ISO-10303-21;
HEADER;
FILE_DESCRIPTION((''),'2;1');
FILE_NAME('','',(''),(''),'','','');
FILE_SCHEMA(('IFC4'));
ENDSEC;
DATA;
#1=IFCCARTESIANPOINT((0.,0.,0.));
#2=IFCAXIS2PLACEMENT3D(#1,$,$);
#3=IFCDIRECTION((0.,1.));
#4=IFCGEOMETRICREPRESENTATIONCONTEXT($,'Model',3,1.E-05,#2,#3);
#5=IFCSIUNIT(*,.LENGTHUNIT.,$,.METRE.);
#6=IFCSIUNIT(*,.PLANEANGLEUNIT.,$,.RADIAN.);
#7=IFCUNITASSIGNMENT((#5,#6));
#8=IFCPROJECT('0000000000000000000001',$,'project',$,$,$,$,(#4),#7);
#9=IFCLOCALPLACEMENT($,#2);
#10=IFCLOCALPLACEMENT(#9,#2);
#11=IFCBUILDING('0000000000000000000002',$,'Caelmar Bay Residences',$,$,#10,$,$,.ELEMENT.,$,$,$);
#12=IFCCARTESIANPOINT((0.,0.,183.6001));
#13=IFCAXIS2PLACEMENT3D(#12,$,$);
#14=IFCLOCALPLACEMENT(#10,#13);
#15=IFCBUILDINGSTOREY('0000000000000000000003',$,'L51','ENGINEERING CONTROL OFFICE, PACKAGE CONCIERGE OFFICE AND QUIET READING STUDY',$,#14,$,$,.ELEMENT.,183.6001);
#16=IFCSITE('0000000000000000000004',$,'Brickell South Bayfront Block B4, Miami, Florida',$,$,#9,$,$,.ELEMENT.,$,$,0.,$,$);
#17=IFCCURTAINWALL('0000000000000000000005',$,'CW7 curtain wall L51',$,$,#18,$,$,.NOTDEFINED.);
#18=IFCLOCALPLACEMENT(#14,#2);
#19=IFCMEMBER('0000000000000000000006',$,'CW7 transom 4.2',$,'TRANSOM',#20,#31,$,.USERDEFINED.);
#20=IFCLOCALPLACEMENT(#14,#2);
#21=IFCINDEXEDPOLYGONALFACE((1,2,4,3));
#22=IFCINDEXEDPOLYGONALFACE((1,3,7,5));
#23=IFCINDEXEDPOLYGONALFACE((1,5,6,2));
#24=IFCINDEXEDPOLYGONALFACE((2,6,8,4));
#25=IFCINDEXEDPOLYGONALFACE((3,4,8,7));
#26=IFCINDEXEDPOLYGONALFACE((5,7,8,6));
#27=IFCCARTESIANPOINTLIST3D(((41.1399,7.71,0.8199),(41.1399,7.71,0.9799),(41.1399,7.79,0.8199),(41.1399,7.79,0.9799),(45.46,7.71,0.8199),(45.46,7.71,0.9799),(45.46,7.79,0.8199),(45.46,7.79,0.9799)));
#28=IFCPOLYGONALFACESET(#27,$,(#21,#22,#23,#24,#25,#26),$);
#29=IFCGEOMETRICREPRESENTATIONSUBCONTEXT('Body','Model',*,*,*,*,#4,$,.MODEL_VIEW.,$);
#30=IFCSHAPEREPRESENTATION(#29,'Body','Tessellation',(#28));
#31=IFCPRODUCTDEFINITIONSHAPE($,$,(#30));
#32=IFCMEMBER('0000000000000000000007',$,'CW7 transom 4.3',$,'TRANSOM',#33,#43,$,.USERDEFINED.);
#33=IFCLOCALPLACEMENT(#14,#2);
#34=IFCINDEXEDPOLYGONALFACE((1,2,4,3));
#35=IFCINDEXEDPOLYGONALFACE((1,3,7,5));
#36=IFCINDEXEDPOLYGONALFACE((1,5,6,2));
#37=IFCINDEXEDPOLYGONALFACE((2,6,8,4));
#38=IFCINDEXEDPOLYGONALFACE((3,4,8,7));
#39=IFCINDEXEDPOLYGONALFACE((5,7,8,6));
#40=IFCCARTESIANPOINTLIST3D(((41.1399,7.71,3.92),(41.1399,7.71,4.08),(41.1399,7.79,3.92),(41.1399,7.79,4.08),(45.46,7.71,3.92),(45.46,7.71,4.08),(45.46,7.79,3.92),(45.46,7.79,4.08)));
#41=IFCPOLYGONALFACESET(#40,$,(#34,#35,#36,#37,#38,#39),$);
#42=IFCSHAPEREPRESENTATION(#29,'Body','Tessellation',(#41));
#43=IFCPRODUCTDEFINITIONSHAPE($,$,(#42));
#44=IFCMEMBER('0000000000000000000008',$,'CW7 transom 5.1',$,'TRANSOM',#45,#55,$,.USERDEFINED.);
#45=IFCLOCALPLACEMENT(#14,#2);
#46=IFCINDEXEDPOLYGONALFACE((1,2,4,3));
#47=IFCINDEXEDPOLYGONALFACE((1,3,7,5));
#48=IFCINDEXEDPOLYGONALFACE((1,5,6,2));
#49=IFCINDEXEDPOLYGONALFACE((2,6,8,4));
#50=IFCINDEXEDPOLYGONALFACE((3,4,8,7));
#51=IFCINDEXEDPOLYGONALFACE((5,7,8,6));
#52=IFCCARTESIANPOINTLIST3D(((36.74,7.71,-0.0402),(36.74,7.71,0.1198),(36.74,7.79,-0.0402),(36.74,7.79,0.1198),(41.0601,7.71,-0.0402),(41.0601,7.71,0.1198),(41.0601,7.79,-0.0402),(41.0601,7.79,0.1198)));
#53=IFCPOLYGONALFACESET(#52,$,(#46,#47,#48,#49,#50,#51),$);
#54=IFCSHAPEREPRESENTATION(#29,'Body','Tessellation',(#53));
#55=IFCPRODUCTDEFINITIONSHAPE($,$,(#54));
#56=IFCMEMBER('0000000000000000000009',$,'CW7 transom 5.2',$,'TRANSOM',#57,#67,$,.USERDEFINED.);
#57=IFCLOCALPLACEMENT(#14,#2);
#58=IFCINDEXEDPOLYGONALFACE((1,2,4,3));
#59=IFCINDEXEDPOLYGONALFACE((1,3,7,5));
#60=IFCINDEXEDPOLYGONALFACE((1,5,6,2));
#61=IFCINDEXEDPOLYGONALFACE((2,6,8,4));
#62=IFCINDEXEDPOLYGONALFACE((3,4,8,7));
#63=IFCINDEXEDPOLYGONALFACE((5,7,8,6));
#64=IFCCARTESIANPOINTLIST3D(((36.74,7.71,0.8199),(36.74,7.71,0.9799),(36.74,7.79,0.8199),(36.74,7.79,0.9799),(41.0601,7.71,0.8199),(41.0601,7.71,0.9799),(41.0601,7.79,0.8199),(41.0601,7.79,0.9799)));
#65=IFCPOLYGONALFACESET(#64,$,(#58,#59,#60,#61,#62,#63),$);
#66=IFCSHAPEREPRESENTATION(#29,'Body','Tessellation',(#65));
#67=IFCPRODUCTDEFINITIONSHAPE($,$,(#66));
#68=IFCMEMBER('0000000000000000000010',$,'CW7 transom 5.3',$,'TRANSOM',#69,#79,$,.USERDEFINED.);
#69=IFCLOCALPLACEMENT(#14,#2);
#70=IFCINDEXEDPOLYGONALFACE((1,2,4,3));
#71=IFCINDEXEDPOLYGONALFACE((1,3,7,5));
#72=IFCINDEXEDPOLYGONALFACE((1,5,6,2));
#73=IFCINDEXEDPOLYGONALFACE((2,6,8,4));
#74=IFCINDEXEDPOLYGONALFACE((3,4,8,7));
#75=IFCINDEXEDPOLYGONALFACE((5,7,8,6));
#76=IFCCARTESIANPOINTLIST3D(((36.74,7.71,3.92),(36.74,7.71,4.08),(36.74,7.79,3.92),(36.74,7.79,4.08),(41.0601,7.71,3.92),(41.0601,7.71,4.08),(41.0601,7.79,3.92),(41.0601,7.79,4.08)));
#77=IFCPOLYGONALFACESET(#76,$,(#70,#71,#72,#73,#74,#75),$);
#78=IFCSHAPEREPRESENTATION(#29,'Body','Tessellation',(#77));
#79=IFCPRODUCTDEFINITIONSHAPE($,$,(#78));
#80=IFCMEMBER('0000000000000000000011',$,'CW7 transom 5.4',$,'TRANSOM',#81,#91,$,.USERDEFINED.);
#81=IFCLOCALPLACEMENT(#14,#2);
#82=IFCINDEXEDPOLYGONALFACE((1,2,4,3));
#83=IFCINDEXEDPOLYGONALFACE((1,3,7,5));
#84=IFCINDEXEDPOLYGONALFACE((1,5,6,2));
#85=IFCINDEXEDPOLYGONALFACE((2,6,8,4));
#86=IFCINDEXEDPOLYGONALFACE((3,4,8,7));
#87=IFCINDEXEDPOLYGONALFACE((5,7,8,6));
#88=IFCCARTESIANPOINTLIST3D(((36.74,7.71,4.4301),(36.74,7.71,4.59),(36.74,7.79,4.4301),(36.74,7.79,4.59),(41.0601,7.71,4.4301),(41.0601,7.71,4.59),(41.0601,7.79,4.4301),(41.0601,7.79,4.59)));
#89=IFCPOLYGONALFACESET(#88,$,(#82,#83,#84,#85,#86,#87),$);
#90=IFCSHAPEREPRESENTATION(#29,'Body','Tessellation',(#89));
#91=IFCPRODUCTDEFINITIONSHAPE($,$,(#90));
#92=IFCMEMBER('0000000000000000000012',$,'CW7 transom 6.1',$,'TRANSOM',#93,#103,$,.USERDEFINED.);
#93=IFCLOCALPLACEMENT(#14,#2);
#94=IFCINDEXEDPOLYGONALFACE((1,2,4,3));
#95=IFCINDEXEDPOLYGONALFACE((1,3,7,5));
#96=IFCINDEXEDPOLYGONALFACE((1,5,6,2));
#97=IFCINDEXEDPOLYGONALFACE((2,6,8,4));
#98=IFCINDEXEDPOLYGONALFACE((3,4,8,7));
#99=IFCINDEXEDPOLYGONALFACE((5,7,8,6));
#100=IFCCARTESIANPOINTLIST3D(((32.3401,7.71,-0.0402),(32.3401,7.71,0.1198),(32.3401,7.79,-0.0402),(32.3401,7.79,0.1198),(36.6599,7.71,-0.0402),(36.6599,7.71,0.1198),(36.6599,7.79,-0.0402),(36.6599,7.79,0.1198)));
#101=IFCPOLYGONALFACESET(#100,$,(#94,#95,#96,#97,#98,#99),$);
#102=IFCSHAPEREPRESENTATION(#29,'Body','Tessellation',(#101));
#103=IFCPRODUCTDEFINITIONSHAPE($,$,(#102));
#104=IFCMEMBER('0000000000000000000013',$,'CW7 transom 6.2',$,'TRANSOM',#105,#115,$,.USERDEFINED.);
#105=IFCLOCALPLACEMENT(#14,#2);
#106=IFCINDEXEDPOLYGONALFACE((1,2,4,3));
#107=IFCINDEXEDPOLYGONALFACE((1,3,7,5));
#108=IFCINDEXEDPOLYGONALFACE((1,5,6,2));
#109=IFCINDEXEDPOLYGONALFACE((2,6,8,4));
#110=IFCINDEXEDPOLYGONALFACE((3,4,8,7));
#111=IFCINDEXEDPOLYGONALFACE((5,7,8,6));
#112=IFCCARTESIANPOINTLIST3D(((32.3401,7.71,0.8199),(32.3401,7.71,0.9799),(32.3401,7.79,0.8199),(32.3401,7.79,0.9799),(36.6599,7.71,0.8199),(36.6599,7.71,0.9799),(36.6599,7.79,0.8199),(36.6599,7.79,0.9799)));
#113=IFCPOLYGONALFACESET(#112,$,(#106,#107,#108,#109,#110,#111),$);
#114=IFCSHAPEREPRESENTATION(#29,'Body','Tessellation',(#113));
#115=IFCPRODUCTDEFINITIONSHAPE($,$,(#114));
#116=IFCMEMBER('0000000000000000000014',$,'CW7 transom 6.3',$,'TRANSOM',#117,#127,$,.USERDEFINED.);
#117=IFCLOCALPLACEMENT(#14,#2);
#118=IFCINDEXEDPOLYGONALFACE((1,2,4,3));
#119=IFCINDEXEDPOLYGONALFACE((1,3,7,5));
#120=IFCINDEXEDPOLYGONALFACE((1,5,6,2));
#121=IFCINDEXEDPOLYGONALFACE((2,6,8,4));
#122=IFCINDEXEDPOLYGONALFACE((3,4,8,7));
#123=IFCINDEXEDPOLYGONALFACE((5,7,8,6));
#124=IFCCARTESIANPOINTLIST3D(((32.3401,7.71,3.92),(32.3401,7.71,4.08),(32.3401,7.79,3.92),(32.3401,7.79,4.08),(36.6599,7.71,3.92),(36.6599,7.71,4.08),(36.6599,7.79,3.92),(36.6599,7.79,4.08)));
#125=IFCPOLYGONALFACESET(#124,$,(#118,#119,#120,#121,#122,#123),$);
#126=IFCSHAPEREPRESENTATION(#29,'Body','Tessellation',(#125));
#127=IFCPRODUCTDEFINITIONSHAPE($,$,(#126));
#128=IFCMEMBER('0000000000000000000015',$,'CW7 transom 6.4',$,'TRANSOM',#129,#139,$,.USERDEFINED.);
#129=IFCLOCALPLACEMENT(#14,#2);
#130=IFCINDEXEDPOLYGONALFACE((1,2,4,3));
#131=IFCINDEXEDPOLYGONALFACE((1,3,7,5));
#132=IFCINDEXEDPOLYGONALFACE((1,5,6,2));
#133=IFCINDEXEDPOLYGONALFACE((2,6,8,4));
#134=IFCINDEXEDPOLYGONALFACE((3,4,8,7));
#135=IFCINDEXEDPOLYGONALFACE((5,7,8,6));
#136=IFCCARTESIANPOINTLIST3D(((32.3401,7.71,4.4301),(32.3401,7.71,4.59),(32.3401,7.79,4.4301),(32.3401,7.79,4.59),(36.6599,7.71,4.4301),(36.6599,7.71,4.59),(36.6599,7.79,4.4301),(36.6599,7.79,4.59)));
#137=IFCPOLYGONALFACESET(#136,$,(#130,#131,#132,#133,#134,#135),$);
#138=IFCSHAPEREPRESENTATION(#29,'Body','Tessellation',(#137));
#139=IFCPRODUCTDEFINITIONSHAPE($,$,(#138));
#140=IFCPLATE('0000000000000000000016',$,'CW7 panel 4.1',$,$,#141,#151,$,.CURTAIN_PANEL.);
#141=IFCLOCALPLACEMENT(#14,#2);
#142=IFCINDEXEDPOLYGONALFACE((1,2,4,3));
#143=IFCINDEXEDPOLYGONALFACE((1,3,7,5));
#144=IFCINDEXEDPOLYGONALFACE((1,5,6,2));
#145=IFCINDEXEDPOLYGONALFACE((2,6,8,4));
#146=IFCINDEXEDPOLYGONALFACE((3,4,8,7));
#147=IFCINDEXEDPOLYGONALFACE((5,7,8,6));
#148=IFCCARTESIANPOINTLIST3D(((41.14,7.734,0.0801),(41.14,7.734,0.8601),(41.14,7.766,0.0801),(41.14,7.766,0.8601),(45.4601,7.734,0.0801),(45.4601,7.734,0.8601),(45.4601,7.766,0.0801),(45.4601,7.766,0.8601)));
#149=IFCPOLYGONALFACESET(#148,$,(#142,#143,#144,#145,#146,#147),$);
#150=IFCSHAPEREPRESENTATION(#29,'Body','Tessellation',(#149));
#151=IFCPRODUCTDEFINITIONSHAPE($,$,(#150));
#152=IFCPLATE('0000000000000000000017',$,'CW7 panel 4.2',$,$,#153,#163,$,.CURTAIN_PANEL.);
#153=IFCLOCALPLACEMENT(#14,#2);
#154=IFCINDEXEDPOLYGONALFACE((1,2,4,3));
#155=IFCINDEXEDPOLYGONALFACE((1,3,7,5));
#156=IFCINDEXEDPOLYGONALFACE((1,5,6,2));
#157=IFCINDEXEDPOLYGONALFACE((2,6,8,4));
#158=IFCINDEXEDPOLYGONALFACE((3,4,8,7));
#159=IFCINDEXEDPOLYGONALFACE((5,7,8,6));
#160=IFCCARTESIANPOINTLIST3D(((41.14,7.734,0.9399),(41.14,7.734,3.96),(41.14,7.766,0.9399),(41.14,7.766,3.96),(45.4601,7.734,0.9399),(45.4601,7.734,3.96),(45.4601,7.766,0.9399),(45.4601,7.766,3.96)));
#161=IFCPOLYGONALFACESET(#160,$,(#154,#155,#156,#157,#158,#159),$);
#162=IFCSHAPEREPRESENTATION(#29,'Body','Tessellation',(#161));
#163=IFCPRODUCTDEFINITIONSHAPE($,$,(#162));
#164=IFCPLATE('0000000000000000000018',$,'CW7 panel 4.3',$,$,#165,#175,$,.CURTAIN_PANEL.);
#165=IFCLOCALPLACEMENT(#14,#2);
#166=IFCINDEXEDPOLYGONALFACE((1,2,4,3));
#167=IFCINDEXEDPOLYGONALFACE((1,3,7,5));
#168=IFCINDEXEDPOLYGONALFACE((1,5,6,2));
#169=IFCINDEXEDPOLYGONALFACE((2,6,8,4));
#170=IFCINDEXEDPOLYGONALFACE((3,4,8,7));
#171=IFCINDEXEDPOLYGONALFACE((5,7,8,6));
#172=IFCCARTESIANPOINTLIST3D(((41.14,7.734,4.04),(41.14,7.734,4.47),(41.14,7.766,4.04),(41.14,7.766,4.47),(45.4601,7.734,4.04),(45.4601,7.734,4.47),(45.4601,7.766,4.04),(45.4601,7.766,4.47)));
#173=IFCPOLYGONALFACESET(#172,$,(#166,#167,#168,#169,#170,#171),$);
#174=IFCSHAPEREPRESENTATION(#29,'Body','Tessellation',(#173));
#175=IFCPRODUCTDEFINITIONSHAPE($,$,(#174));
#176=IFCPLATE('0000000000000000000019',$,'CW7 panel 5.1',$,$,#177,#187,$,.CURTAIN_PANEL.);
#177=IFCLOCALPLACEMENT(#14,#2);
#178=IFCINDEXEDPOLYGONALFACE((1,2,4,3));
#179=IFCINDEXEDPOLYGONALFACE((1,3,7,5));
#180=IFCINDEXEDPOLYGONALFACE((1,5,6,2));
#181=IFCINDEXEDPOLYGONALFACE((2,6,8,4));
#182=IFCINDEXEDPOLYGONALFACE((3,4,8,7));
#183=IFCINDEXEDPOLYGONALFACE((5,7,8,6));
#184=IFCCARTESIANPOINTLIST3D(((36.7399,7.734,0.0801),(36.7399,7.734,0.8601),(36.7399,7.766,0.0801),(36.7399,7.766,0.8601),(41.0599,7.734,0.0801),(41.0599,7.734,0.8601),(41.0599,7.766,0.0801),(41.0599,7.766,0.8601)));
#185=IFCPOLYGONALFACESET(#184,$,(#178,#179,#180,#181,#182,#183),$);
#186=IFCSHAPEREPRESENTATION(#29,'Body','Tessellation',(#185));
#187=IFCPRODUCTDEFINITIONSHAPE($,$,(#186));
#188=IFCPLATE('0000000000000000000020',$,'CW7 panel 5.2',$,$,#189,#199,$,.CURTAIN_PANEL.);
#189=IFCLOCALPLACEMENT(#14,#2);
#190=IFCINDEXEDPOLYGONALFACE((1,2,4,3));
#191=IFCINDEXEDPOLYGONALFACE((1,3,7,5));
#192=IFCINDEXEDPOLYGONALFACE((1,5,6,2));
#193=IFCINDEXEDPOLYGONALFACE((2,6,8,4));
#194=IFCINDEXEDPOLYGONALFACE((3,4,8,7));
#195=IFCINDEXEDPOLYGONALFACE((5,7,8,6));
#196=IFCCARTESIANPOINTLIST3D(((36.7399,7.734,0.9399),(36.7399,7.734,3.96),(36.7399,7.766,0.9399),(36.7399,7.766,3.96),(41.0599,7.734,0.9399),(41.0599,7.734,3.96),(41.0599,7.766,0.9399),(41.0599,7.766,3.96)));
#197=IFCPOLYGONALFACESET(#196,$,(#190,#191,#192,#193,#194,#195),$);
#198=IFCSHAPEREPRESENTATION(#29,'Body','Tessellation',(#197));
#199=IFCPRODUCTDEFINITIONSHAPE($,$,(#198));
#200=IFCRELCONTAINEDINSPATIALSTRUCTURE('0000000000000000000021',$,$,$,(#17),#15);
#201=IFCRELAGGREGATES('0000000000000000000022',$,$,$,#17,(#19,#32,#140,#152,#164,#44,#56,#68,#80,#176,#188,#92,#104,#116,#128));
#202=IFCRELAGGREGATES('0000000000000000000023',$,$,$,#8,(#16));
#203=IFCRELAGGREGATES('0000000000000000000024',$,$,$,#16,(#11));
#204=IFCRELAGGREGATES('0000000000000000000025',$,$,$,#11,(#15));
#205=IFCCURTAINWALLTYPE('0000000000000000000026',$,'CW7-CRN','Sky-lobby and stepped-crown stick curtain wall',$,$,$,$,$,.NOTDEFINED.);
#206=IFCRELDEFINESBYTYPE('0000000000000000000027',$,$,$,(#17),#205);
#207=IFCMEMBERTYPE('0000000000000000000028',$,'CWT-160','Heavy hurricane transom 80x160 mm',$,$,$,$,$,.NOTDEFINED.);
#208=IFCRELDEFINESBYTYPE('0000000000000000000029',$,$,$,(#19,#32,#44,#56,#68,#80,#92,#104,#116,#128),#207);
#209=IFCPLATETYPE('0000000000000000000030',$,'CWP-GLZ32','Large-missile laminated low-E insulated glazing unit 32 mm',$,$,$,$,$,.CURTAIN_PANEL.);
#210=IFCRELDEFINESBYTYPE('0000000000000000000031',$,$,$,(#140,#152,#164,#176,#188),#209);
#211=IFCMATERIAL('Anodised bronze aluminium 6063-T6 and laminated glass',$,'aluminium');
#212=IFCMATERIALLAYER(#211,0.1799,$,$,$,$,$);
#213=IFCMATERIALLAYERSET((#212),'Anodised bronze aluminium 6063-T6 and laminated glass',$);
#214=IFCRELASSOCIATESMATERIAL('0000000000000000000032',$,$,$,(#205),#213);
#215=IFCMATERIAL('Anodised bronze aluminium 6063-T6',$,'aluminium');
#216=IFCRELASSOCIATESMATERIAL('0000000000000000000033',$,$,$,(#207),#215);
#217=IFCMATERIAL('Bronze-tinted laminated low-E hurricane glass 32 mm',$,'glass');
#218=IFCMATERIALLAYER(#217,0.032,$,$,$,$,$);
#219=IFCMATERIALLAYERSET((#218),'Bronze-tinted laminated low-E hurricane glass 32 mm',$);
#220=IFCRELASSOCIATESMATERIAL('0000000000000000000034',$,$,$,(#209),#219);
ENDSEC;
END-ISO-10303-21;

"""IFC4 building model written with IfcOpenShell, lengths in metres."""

from ifc_helpers import new_model, si_unit, direction, frame, origin, origin_2d, place, context, subcontext, project, spatial, rectangle, extrude, material, layer, layer_set, material_profile, profile_set, type_object, element, aggregate, save


model = new_model("IFC4")

# Units and contexts
model_context = context("Model", 3, precision=1e-05, world=origin(), true_north=direction((0.0, 1.0)))
body_context = subcontext(model_context, "Body", "Model", "MODEL_VIEW")
ifc_project = project(units=[si_unit("LENGTHUNIT", "METRE"), si_unit("PLANEANGLEUNIT", "RADIAN")], contexts=[model_context])

# Site, building, storey
site_placement = place(None, origin())
site = spatial("IfcSite", under=ifc_project, at=site_placement, Name="Brickell South Bayfront Block B4, Miami, Florida", CompositionType="ELEMENT", RefElevation=0.0)
building_placement = place(site_placement, origin())
building = spatial("IfcBuilding", under=site, at=building_placement, Name="Caelmar Bay Residences", CompositionType="ELEMENT")
storey_placement = place(building_placement, frame((0.0, 0.0, 183.6001)))
storey = spatial("IfcBuildingStorey", under=building, at=storey_placement, Name="L51", Description="ENGINEERING CONTROL OFFICE, PACKAGE CONCIERGE OFFICE AND QUIET READING STUDY", CompositionType="ELEMENT", Elevation=183.6001)

# Curtain wall, members, plates
ifc_material_1 = material(Name="Anodised bronze aluminium 6063-T6 and laminated glass", Category="aluminium")
ifc_layer_1 = layer(ifc_material_1, 0.1799)
ifc_layer_set_1 = layer_set([ifc_layer_1], Name="Anodised bronze aluminium 6063-T6 and laminated glass")
curtain_wall_type = type_object("IfcCurtainWallType", Name="CW7-CRN", Description="Sky-lobby and stepped-crown stick curtain wall", PredefinedType="NOTDEFINED", material=ifc_layer_set_1)
curtain_wall_placement = place(storey_placement, origin())
curtain_wall = element("IfcCurtainWall", 1, at=curtain_wall_placement, inside=storey, type_object=curtain_wall_type, Name="CW7 curtain wall L51", PredefinedType="NOTDEFINED")
ifc_material_2 = material(Name="Anodised bronze aluminium 6063-T6", Category="aluminium")
ifc_material_profile_1 = material_profile(ifc_material_2, rectangle(XDim=0.0801, YDim=0.1599, at=origin_2d()), Name="CWT-80X160")
ifc_profile_set_1 = profile_set([ifc_material_profile_1], Name="Anodised bronze aluminium 6063-T6")
member_type_1 = type_object("IfcMemberType", Name="CWT-160", Description="Heavy hurricane transom 80x160 mm", PredefinedType="NOTDEFINED", material=ifc_profile_set_1)
member_1_placement = place(storey_placement, frame((45.46, 7.75, 0.8999), z_axis=(-1.0, 0.0, 0.0), x_axis=(0.0, -1.0, 0.0)))
member_1 = element("IfcMember", 2, at=member_1_placement, type_object=member_type_1, Name="CW7 transom 4.2", ObjectType="TRANSOM", PredefinedType="USERDEFINED", context=body_context, shape_type="SweptSolid", body=[
    extrude(rectangle(XDim=0.0801, YDim=0.1599, at=origin_2d()), origin(), (0.0, 0.0, 1.0), 4.3201),
])
member_2_placement = place(storey_placement, frame((45.46, 7.75, 4.0), z_axis=(-1.0, 0.0, 0.0), x_axis=(0.0, -1.0, 0.0)))
member_2 = element("IfcMember", 3, at=member_2_placement, type_object=member_type_1, Name="CW7 transom 4.3", ObjectType="TRANSOM", PredefinedType="USERDEFINED", context=body_context, shape_type="SweptSolid", body=[
    extrude(rectangle(XDim=0.0801, YDim=0.1599, at=origin_2d()), origin(), (0.0, 0.0, 1.0), 4.3201),
])
member_3_placement = place(storey_placement, frame((41.0601, 7.75, 0.0398), z_axis=(-1.0, 0.0, 0.0), x_axis=(0.0, -1.0, 0.0)))
member_3 = element("IfcMember", 4, at=member_3_placement, type_object=member_type_1, Name="CW7 transom 5.1", ObjectType="TRANSOM", PredefinedType="USERDEFINED", context=body_context, shape_type="SweptSolid", body=[
    extrude(rectangle(XDim=0.0801, YDim=0.1599, at=origin_2d()), origin(), (0.0, 0.0, 1.0), 4.3201),
])
member_4_placement = place(storey_placement, frame((41.0601, 7.75, 0.8999), z_axis=(-1.0, 0.0, 0.0), x_axis=(0.0, -1.0, 0.0)))
member_4 = element("IfcMember", 5, at=member_4_placement, type_object=member_type_1, Name="CW7 transom 5.2", ObjectType="TRANSOM", PredefinedType="USERDEFINED", context=body_context, shape_type="SweptSolid", body=[
    extrude(rectangle(XDim=0.0801, YDim=0.1599, at=origin_2d()), origin(), (0.0, 0.0, 1.0), 4.3201),
])
member_5_placement = place(storey_placement, frame((41.0601, 7.75, 4.0), z_axis=(-1.0, 0.0, 0.0), x_axis=(0.0, -1.0, 0.0)))
member_5 = element("IfcMember", 6, at=member_5_placement, type_object=member_type_1, Name="CW7 transom 5.3", ObjectType="TRANSOM", PredefinedType="USERDEFINED", context=body_context, shape_type="SweptSolid", body=[
    extrude(rectangle(XDim=0.0801, YDim=0.1599, at=origin_2d()), origin(), (0.0, 0.0, 1.0), 4.3201),
])
member_6_placement = place(storey_placement, frame((41.0601, 7.75, 4.51), z_axis=(-1.0, 0.0, 0.0), x_axis=(0.0, -1.0, 0.0)))
member_6 = element("IfcMember", 7, at=member_6_placement, type_object=member_type_1, Name="CW7 transom 5.4", ObjectType="TRANSOM", PredefinedType="USERDEFINED", context=body_context, shape_type="SweptSolid", body=[
    extrude(rectangle(XDim=0.0801, YDim=0.1599, at=origin_2d()), origin(), (0.0, 0.0, 1.0), 4.3201),
])
member_7_placement = place(storey_placement, frame((36.6599, 7.75, 0.0398), z_axis=(-1.0, 0.0, 0.0), x_axis=(0.0, -1.0, 0.0)))
member_7 = element("IfcMember", 8, at=member_7_placement, type_object=member_type_1, Name="CW7 transom 6.1", ObjectType="TRANSOM", PredefinedType="USERDEFINED", context=body_context, shape_type="SweptSolid", body=[
    extrude(rectangle(XDim=0.0801, YDim=0.1599, at=origin_2d()), origin(), (0.0, 0.0, 1.0), 4.3198),
])
member_8_placement = place(storey_placement, frame((36.6599, 7.75, 0.8999), z_axis=(-1.0, 0.0, 0.0), x_axis=(0.0, -1.0, 0.0)))
member_8 = element("IfcMember", 9, at=member_8_placement, type_object=member_type_1, Name="CW7 transom 6.2", ObjectType="TRANSOM", PredefinedType="USERDEFINED", context=body_context, shape_type="SweptSolid", body=[
    extrude(rectangle(XDim=0.0801, YDim=0.1599, at=origin_2d()), origin(), (0.0, 0.0, 1.0), 4.3198),
])
member_9_placement = place(storey_placement, frame((36.6599, 7.75, 4.0), z_axis=(-1.0, 0.0, 0.0), x_axis=(0.0, -1.0, 0.0)))
member_9 = element("IfcMember", 10, at=member_9_placement, type_object=member_type_1, Name="CW7 transom 6.3", ObjectType="TRANSOM", PredefinedType="USERDEFINED", context=body_context, shape_type="SweptSolid", body=[
    extrude(rectangle(XDim=0.0801, YDim=0.1599, at=origin_2d()), origin(), (0.0, 0.0, 1.0), 4.3198),
])
member_10_placement = place(storey_placement, frame((36.6599, 7.75, 4.51), z_axis=(-1.0, 0.0, 0.0), x_axis=(0.0, -1.0, 0.0)))
member_10 = element("IfcMember", 11, at=member_10_placement, type_object=member_type_1, Name="CW7 transom 6.4", ObjectType="TRANSOM", PredefinedType="USERDEFINED", context=body_context, shape_type="SweptSolid", body=[
    extrude(rectangle(XDim=0.0801, YDim=0.1599, at=origin_2d()), origin(), (0.0, 0.0, 1.0), 4.3198),
])
ifc_material_3 = material(Name="Bronze-tinted laminated low-E hurricane glass 32 mm", Category="glass")
ifc_layer_2 = layer(ifc_material_3, 0.032)
ifc_layer_set_2 = layer_set([ifc_layer_2], Name="Bronze-tinted laminated low-E hurricane glass 32 mm")
plate_type = type_object("IfcPlateType", Name="CWP-GLZ32", Description="Large-missile laminated low-E insulated glazing unit 32 mm", PredefinedType="CURTAIN_PANEL", material=ifc_layer_set_2)
plate_1_placement = place(storey_placement, frame((43.3, 7.75, 0.0801), z_axis=(0.0, 0.0, 1.0), x_axis=(-1.0, 0.0, 0.0)))
plate_1 = element("IfcPlate", 12, at=plate_1_placement, type_object=plate_type, Name="CW7 panel 4.1", PredefinedType="CURTAIN_PANEL", context=body_context, shape_type="SweptSolid", body=[
    extrude(rectangle(XDim=4.3201, YDim=0.032, at=origin_2d()), origin(), (0.0, 0.0, 1.0), 0.78),
])
plate_2_placement = place(storey_placement, frame((43.3, 7.75, 0.9399), z_axis=(0.0, 0.0, 1.0), x_axis=(-1.0, 0.0, 0.0)))
plate_2 = element("IfcPlate", 13, at=plate_2_placement, type_object=plate_type, Name="CW7 panel 4.2", PredefinedType="CURTAIN_PANEL", context=body_context, shape_type="SweptSolid", body=[
    extrude(rectangle(XDim=4.3201, YDim=0.032, at=origin_2d()), origin(), (0.0, 0.0, 1.0), 3.02),
])
plate_3_placement = place(storey_placement, frame((43.3, 7.75, 4.04), z_axis=(0.0, 0.0, 1.0), x_axis=(-1.0, 0.0, 0.0)))
plate_3 = element("IfcPlate", 14, at=plate_3_placement, type_object=plate_type, Name="CW7 panel 4.3", PredefinedType="CURTAIN_PANEL", context=body_context, shape_type="SweptSolid", body=[
    extrude(rectangle(XDim=4.3201, YDim=0.032, at=origin_2d()), origin(), (0.0, 0.0, 1.0), 0.4299),
])
plate_4_placement = place(storey_placement, frame((38.8999, 7.75, 0.0801), z_axis=(0.0, 0.0, 1.0), x_axis=(-1.0, 0.0, 0.0)))
plate_4 = element("IfcPlate", 15, at=plate_4_placement, type_object=plate_type, Name="CW7 panel 5.1", PredefinedType="CURTAIN_PANEL", context=body_context, shape_type="SweptSolid", body=[
    extrude(rectangle(XDim=4.3201, YDim=0.032, at=origin_2d()), origin(), (0.0, 0.0, 1.0), 0.78),
])
plate_5_placement = place(storey_placement, frame((38.8999, 7.75, 0.9399), z_axis=(0.0, 0.0, 1.0), x_axis=(-1.0, 0.0, 0.0)))
plate_5 = element("IfcPlate", 16, at=plate_5_placement, type_object=plate_type, Name="CW7 panel 5.2", PredefinedType="CURTAIN_PANEL", context=body_context, shape_type="SweptSolid", body=[
    extrude(rectangle(XDim=4.3201, YDim=0.032, at=origin_2d()), origin(), (0.0, 0.0, 1.0), 3.02),
])
aggregate(curtain_wall, [member_1, member_2, plate_1, plate_2, plate_3, member_3, member_4, member_5, member_6, plate_4, plate_5, member_7, member_8, member_9, member_10])

save(model, "model.ifc")
